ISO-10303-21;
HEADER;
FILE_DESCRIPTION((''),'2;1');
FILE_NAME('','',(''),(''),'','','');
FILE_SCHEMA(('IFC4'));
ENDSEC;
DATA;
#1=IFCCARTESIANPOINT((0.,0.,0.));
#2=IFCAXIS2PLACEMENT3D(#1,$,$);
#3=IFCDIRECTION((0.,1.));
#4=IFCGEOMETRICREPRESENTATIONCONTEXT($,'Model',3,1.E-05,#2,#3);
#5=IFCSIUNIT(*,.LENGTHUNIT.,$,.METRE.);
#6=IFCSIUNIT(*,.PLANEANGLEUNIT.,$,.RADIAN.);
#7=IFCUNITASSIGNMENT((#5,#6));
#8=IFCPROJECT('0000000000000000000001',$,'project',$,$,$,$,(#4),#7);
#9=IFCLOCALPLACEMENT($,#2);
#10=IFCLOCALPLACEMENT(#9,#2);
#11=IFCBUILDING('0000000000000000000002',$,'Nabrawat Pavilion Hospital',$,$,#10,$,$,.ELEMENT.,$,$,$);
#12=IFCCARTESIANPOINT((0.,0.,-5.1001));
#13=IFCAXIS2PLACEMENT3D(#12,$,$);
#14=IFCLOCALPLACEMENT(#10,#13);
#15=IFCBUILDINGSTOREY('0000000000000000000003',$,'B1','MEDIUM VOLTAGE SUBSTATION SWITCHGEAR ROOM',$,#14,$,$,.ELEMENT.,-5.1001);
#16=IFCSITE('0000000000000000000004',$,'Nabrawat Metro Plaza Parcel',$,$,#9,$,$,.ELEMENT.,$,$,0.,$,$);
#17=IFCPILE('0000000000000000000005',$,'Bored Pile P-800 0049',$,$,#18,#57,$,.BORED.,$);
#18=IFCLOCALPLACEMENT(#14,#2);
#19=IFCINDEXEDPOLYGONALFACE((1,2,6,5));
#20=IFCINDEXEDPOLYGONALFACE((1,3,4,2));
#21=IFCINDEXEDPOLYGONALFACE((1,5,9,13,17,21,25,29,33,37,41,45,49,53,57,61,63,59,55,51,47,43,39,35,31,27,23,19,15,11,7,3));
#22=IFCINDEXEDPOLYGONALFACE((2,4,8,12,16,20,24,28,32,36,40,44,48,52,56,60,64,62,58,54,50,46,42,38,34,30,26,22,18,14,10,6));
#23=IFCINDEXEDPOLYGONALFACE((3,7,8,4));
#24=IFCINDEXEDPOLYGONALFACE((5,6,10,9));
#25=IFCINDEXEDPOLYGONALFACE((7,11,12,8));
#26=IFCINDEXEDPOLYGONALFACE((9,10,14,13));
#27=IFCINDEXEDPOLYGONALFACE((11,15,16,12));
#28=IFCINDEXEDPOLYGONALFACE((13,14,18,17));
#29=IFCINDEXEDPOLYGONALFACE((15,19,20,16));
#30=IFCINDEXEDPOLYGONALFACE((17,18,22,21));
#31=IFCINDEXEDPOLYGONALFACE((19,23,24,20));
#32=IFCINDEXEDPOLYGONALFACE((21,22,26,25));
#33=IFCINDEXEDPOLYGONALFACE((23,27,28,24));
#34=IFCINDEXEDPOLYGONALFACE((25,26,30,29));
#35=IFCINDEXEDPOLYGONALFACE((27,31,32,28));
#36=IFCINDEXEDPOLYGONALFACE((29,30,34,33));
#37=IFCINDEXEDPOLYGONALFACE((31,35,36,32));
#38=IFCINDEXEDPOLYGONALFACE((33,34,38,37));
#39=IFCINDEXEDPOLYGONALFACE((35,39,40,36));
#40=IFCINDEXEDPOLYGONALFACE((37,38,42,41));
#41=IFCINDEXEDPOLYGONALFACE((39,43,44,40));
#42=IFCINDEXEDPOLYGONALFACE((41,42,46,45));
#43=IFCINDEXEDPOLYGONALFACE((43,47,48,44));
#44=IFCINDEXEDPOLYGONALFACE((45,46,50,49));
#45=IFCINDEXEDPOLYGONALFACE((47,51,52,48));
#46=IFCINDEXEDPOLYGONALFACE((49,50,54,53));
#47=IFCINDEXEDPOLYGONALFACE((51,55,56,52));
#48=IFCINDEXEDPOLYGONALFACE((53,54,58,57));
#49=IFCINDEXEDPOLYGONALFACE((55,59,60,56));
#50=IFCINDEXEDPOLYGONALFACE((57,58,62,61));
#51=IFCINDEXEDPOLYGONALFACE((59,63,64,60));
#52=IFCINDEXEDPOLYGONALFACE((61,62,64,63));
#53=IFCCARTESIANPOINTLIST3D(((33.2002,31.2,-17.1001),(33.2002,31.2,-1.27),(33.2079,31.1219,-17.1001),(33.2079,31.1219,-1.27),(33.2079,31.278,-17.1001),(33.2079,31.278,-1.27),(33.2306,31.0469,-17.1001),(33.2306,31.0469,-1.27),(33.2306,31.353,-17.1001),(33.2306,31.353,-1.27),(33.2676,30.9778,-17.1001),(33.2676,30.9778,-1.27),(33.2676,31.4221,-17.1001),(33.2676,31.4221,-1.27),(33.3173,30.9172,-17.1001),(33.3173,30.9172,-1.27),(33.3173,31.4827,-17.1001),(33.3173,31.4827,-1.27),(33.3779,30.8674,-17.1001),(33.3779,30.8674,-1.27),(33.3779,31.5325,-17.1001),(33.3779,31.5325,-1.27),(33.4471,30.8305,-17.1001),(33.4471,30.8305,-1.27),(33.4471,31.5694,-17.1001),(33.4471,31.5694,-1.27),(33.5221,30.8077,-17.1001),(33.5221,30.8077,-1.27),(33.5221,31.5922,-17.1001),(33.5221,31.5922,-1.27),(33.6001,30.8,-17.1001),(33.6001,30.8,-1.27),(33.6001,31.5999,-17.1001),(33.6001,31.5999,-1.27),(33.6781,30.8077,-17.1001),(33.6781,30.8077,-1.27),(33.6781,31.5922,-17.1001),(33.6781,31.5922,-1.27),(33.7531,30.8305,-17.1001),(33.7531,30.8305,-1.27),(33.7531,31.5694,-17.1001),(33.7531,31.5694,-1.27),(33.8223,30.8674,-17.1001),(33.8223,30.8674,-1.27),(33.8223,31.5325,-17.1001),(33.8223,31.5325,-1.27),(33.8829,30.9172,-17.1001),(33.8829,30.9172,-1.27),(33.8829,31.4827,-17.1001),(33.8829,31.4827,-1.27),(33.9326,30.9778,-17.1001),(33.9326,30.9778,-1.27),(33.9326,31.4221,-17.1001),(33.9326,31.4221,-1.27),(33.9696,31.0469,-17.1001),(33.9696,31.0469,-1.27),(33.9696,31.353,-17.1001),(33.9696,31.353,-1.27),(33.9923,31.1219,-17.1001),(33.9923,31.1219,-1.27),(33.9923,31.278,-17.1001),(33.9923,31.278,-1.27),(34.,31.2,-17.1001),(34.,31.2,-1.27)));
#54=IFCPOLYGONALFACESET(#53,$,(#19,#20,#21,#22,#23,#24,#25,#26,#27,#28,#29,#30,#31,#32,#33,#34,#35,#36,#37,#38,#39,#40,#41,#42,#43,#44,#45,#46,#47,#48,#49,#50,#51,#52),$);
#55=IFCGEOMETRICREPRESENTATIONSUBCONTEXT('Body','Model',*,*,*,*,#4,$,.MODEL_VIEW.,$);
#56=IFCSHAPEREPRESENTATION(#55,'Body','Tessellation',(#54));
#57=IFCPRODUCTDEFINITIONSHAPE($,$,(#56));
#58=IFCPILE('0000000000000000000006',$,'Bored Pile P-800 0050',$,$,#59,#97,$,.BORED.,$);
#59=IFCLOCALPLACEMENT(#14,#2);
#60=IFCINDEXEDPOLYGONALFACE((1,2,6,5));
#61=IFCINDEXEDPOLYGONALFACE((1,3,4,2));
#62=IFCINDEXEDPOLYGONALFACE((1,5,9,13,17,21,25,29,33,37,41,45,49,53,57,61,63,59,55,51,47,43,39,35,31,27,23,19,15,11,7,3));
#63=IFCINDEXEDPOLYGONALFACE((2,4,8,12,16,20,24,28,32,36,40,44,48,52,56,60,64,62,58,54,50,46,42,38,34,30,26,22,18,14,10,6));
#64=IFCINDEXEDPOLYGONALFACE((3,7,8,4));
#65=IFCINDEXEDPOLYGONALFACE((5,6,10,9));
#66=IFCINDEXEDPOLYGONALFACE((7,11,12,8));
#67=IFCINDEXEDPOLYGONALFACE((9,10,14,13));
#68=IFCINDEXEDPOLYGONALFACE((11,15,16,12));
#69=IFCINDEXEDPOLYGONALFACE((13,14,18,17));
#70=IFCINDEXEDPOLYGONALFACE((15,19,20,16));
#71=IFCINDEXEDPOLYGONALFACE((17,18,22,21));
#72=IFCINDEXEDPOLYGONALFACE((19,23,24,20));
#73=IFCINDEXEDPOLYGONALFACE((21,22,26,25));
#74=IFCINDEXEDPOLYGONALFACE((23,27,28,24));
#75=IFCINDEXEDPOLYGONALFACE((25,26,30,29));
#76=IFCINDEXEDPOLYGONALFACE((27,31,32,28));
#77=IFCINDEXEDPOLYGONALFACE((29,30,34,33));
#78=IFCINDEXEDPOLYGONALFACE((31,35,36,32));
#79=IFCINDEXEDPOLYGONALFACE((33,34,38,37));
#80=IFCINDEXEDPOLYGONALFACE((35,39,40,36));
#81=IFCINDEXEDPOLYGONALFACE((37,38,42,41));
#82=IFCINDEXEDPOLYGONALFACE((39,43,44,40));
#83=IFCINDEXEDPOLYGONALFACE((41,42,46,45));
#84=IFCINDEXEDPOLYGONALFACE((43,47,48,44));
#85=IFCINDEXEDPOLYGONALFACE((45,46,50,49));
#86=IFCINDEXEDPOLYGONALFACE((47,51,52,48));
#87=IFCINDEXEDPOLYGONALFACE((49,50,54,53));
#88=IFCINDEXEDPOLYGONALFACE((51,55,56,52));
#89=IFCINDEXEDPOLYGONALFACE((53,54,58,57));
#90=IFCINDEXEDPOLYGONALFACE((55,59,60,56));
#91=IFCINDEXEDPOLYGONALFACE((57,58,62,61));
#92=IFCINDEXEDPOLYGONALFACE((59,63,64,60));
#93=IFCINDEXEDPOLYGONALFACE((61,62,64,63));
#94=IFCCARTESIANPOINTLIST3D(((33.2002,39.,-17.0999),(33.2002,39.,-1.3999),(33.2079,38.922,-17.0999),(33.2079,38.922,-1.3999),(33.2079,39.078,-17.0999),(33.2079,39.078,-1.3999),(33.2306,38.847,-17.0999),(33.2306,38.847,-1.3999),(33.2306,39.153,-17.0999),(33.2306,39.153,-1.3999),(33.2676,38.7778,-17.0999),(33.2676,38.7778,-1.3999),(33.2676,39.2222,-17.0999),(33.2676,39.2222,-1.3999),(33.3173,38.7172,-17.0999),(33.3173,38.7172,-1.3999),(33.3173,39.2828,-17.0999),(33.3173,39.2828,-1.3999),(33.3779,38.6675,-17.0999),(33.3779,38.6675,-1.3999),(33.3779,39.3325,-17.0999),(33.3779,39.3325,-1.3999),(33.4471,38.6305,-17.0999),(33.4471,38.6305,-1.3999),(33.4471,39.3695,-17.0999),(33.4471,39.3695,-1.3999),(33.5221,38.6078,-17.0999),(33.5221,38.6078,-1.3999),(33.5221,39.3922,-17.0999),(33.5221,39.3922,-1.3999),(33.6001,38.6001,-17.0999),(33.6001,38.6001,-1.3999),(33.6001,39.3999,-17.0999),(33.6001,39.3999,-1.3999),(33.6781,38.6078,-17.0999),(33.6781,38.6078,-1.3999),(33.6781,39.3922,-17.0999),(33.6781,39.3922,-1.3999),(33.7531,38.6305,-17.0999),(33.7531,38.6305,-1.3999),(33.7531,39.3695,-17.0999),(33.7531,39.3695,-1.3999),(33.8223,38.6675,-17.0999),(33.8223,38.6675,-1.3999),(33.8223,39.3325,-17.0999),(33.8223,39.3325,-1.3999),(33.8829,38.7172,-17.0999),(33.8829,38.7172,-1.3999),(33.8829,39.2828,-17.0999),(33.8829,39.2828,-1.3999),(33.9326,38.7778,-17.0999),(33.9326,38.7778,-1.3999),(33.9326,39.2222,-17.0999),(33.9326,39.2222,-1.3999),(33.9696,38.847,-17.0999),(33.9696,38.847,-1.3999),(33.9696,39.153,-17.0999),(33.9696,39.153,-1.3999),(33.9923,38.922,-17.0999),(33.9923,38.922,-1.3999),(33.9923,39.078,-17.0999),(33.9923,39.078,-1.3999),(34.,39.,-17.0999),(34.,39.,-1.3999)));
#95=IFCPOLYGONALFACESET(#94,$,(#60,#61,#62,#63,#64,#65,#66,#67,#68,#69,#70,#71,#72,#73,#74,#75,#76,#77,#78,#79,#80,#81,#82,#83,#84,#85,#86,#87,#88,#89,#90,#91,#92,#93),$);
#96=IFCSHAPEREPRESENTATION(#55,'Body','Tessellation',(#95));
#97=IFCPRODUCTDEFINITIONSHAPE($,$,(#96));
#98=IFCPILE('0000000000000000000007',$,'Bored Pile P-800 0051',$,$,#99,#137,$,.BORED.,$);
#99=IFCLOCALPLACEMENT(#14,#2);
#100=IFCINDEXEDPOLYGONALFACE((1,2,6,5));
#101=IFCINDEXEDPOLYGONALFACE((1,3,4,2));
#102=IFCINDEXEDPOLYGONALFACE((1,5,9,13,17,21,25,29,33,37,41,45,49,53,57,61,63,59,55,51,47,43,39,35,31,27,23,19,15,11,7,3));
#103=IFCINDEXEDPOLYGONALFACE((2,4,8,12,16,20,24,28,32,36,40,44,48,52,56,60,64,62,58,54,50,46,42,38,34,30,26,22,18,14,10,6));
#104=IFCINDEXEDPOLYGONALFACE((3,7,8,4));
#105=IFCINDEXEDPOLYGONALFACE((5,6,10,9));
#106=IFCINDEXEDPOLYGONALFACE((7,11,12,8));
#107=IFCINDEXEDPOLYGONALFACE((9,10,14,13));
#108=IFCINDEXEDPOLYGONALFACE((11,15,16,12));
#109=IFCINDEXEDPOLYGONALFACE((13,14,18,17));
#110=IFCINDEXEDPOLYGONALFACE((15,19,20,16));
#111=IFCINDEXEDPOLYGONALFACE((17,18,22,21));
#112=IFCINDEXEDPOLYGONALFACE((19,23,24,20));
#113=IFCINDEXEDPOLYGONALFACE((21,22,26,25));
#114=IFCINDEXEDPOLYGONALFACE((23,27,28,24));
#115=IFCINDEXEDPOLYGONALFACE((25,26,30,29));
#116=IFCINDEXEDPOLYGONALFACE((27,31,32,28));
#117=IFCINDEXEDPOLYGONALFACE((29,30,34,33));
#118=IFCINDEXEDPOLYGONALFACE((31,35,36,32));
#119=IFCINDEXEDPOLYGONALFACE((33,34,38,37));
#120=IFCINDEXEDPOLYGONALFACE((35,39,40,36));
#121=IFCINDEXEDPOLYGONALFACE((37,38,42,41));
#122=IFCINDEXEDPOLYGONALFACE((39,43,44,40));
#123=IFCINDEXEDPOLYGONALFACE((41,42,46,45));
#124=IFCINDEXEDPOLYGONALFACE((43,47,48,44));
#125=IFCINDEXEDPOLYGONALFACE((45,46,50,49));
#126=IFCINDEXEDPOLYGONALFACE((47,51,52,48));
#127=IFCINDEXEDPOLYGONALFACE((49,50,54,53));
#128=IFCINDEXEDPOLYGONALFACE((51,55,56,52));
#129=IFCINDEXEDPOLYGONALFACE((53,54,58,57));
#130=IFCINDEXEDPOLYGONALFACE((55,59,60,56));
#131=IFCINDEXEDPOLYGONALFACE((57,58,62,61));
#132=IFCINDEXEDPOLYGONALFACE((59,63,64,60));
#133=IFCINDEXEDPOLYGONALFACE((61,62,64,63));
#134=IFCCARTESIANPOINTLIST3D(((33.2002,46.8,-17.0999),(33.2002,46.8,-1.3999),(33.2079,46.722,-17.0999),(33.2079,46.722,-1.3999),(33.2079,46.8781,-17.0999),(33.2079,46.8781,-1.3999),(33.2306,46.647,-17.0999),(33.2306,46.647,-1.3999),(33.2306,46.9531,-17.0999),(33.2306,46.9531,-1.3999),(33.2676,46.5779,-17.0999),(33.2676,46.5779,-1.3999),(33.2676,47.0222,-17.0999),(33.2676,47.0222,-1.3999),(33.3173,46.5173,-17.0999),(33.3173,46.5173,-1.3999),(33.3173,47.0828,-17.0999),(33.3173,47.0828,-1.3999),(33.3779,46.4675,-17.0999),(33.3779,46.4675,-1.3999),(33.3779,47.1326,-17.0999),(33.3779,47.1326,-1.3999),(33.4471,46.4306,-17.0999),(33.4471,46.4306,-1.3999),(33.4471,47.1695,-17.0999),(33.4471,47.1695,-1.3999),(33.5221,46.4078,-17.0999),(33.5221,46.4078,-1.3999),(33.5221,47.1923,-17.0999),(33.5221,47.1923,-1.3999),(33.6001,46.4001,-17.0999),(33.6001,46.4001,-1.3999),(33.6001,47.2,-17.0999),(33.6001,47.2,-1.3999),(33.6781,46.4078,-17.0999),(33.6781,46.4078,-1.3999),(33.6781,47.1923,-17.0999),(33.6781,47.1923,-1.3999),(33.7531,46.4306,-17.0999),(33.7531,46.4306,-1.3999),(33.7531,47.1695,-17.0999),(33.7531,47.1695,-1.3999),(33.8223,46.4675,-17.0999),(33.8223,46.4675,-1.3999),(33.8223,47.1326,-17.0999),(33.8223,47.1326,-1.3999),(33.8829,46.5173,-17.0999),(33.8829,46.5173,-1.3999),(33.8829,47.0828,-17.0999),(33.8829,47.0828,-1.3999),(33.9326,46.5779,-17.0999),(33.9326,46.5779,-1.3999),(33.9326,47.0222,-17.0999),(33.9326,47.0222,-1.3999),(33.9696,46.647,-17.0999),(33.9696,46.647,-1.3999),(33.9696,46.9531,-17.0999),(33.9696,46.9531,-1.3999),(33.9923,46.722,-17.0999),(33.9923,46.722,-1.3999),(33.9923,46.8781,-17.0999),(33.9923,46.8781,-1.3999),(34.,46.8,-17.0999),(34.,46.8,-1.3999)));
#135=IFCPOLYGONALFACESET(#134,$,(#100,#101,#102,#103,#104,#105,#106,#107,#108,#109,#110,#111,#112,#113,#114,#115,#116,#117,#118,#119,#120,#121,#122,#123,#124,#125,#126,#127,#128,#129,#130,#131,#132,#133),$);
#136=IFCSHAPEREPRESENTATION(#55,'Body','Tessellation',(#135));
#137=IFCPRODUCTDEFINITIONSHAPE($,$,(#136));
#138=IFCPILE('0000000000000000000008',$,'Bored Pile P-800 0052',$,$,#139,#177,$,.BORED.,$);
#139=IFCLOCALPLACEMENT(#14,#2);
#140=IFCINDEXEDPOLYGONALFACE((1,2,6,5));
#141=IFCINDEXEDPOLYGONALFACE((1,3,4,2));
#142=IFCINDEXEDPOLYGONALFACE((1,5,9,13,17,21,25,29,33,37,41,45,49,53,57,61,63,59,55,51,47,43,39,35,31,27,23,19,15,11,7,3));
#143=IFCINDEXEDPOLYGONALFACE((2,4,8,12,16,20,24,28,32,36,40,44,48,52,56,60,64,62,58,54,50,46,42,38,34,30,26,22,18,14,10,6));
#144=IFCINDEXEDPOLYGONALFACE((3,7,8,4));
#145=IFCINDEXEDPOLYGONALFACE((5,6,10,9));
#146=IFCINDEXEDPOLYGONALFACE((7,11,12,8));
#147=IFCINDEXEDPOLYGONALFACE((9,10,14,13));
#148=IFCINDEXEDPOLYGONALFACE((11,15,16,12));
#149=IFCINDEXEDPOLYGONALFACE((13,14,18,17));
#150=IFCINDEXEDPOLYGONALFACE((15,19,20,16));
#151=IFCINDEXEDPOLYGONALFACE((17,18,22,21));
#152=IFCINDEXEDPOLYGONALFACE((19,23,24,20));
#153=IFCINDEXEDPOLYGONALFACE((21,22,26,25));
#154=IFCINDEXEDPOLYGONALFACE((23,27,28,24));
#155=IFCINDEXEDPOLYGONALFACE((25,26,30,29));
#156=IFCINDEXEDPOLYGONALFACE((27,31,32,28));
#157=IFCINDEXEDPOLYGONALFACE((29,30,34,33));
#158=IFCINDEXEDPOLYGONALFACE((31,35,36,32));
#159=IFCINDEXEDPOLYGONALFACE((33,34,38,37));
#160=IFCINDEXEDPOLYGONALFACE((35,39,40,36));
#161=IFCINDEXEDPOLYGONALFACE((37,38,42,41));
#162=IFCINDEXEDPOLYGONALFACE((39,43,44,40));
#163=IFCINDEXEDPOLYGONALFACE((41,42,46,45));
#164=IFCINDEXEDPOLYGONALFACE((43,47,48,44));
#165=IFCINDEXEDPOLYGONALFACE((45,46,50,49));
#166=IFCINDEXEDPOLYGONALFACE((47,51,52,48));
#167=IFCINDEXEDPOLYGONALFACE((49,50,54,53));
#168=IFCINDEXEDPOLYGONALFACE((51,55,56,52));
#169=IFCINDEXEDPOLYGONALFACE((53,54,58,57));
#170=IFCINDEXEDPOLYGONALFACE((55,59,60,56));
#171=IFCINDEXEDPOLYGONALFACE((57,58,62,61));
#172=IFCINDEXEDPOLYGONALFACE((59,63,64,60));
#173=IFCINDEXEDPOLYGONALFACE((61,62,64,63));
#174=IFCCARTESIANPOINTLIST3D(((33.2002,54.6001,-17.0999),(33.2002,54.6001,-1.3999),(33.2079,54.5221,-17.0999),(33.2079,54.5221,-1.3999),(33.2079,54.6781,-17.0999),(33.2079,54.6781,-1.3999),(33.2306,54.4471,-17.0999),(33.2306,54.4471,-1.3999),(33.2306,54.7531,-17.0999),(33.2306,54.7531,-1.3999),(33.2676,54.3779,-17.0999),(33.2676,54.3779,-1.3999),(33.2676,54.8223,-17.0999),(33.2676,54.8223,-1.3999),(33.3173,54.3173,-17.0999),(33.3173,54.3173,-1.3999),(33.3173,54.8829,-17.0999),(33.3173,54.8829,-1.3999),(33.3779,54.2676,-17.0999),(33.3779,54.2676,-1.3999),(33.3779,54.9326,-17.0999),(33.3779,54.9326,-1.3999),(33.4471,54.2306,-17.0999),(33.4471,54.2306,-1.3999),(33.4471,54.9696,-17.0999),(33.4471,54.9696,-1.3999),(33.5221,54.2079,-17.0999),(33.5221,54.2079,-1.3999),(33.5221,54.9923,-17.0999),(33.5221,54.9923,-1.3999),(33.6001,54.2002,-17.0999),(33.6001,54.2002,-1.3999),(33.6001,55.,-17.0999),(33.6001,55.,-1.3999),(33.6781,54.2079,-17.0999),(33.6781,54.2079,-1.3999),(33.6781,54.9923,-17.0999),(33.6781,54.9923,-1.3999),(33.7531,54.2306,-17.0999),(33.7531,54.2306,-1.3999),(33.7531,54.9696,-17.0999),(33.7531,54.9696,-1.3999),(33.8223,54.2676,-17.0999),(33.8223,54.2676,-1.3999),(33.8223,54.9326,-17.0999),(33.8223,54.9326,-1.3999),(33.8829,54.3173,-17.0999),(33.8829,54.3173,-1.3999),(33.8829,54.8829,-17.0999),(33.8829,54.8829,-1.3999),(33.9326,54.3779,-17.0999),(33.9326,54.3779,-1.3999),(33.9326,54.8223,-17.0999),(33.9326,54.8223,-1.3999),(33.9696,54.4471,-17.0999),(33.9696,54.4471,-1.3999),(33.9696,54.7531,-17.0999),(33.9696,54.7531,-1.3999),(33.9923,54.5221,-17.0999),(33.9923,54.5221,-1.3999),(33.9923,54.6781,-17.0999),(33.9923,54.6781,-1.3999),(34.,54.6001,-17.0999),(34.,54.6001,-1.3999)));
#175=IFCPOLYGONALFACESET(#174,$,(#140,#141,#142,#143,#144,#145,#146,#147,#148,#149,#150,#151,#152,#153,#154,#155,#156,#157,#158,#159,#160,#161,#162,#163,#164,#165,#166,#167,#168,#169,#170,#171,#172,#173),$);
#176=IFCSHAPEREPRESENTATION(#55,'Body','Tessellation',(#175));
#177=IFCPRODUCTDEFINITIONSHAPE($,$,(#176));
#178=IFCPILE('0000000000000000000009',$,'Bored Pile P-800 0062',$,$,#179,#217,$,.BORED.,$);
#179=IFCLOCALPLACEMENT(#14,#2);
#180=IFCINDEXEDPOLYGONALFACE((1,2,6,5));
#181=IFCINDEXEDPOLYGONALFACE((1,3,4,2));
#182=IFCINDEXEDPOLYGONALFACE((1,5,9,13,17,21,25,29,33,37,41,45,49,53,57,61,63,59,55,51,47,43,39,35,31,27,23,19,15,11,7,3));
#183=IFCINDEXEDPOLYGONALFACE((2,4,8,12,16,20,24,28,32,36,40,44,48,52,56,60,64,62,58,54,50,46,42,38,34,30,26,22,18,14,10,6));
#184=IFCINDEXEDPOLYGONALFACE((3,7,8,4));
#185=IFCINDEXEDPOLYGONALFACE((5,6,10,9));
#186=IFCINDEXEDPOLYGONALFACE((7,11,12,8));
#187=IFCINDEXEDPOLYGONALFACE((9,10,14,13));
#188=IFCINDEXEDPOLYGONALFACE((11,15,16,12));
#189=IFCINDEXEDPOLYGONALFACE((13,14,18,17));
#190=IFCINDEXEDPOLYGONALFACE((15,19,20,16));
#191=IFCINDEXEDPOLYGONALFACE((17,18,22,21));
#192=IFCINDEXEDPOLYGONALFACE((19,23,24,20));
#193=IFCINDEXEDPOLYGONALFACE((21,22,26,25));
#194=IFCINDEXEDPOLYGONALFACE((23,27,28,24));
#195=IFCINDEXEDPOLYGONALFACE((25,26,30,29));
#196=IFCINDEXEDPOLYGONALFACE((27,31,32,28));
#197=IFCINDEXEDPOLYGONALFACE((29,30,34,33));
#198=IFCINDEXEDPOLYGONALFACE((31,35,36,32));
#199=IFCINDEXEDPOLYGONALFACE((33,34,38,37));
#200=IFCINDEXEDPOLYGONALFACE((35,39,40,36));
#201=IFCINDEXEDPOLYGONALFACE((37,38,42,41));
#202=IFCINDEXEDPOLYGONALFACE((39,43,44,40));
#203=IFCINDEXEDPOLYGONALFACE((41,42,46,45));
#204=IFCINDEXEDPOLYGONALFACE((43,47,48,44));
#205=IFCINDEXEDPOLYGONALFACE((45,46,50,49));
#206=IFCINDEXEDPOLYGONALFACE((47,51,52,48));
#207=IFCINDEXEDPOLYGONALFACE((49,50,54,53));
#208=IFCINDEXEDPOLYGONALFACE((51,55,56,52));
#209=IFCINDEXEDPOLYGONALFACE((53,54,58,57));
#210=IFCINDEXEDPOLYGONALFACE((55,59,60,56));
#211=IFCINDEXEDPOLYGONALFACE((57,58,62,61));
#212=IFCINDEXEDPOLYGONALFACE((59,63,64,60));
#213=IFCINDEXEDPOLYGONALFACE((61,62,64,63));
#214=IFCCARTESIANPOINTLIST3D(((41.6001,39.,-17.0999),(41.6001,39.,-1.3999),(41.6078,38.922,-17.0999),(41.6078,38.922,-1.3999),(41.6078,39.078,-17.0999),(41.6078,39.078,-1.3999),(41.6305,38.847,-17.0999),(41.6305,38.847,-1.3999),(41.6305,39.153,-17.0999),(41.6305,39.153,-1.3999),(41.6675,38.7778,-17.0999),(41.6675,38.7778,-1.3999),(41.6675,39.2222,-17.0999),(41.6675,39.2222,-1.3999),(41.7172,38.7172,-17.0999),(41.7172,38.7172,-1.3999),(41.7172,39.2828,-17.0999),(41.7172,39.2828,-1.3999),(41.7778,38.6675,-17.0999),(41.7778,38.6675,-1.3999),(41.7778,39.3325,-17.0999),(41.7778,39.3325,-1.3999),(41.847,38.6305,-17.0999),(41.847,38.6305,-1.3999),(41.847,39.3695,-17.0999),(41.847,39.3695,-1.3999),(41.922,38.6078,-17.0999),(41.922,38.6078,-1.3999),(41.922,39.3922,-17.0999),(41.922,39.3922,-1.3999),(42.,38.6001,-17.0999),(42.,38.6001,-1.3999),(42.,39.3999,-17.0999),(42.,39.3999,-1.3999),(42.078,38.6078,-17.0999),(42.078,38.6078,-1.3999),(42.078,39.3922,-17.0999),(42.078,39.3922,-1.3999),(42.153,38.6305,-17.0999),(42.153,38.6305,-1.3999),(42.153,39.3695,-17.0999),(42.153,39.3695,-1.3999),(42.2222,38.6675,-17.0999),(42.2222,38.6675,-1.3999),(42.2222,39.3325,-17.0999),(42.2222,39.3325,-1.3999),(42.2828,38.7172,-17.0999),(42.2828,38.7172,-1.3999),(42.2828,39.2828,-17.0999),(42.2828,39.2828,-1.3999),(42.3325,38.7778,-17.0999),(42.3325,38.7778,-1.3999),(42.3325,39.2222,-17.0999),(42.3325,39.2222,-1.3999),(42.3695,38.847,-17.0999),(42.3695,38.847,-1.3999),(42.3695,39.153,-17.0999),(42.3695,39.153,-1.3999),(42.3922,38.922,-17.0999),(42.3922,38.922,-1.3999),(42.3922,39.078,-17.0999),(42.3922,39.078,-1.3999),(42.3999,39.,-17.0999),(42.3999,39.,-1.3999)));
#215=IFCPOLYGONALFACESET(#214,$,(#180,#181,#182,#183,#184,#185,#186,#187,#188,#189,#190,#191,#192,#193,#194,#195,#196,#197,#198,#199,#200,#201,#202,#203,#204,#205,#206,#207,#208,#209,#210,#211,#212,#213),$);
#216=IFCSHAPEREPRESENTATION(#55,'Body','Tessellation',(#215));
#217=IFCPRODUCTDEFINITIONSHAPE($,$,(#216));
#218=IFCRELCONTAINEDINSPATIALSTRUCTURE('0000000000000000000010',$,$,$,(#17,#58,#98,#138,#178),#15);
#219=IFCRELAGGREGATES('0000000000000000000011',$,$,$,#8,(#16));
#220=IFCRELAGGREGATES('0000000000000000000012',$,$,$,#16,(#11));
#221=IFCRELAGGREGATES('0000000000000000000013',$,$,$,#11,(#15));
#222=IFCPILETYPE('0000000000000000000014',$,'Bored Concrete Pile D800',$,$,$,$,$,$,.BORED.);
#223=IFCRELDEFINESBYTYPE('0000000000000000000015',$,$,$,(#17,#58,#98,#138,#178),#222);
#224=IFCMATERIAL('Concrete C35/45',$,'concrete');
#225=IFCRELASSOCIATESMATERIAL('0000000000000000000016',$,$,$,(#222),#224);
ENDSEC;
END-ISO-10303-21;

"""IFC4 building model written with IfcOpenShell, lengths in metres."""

from ifc_helpers import new_model, si_unit, direction, frame, origin, origin_2d, place, context, subcontext, project, spatial, circle, extrude, material, material_profile, profile_set, type_object, element, save


model = new_model("IFC4")

# Units and contexts
model_context = context("Model", 3, precision=1e-05, world=origin(), true_north=direction((0.0, 1.0)))
body_context = subcontext(model_context, "Body", "Model", "MODEL_VIEW")
ifc_project = project(units=[si_unit("LENGTHUNIT", "METRE"), si_unit("PLANEANGLEUNIT", "RADIAN")], contexts=[model_context])

# Site, building, storey
site_placement = place(None, origin())
site = spatial("IfcSite", under=ifc_project, at=site_placement, Name="Nabrawat Metro Plaza Parcel", CompositionType="ELEMENT", RefElevation=0.0)
building_placement = place(site_placement, origin())
building = spatial("IfcBuilding", under=site, at=building_placement, Name="Nabrawat Pavilion Hospital", CompositionType="ELEMENT")
storey_placement = place(building_placement, frame((0.0, 0.0, -5.1001)))
storey = spatial("IfcBuildingStorey", under=building, at=storey_placement, Name="B1", Description="MEDIUM VOLTAGE SUBSTATION SWITCHGEAR ROOM", CompositionType="ELEMENT", Elevation=-5.1001)

# Piles
ifc_material_1 = material(Name="Concrete C35/45", Category="concrete")
ifc_material_profile_1 = material_profile(ifc_material_1, circle(Radius=0.3999, at=origin_2d()), Name="DIA 800")
ifc_profile_set_1 = profile_set([ifc_material_profile_1], Name="Concrete C35/45")
pile_type = type_object("IfcPileType", Name="Bored Concrete Pile D800", PredefinedType="BORED", material=ifc_profile_set_1)
pile_1_placement = place(storey_placement, frame((33.6001, 31.2, -1.27), z_axis=(0.0, 0.0, -1.0), x_axis=(1.0, 0.0, 0.0)))
element("IfcPile", 1, at=pile_1_placement, inside=storey, type_object=pile_type, Name="Bored Pile P-800 0049", PredefinedType="BORED", context=body_context, shape_type="SweptSolid", body=[
    extrude(circle(Radius=0.3999, at=origin_2d()), origin(), (0.0, 0.0, 1.0), 15.8301),
])
for number, where, z_axis, x_axis, name in (
    (2, (33.6001, 39.0, -1.3999), (0.0, 0.0, -1.0), (1.0, 0.0, 0.0), "Bored Pile P-800 0050"),
    (3, (33.6001, 46.8, -1.3999), (0.0, 0.0, -1.0), (1.0, 0.0, 0.0), "Bored Pile P-800 0051"),
    (4, (33.6001, 54.6001, -1.3999), (0.0, 0.0, -1.0), (1.0, 0.0, 0.0), "Bored Pile P-800 0052"),
    (5, (42.0, 39.0, -1.3999), (0.0, 0.0, -1.0), (1.0, 0.0, 0.0), "Bored Pile P-800 0062"),
):
    element("IfcPile", number, at=place(storey_placement, frame(where, z_axis=z_axis, x_axis=x_axis)), inside=storey, type_object=pile_type, Name=name, PredefinedType="BORED", context=body_context, shape_type="SweptSolid", body=[
        extrude(circle(Radius=0.3999, at=origin_2d()), origin(), (0.0, 0.0, 1.0), 15.7),
    ])

save(model, "model.ifc")
